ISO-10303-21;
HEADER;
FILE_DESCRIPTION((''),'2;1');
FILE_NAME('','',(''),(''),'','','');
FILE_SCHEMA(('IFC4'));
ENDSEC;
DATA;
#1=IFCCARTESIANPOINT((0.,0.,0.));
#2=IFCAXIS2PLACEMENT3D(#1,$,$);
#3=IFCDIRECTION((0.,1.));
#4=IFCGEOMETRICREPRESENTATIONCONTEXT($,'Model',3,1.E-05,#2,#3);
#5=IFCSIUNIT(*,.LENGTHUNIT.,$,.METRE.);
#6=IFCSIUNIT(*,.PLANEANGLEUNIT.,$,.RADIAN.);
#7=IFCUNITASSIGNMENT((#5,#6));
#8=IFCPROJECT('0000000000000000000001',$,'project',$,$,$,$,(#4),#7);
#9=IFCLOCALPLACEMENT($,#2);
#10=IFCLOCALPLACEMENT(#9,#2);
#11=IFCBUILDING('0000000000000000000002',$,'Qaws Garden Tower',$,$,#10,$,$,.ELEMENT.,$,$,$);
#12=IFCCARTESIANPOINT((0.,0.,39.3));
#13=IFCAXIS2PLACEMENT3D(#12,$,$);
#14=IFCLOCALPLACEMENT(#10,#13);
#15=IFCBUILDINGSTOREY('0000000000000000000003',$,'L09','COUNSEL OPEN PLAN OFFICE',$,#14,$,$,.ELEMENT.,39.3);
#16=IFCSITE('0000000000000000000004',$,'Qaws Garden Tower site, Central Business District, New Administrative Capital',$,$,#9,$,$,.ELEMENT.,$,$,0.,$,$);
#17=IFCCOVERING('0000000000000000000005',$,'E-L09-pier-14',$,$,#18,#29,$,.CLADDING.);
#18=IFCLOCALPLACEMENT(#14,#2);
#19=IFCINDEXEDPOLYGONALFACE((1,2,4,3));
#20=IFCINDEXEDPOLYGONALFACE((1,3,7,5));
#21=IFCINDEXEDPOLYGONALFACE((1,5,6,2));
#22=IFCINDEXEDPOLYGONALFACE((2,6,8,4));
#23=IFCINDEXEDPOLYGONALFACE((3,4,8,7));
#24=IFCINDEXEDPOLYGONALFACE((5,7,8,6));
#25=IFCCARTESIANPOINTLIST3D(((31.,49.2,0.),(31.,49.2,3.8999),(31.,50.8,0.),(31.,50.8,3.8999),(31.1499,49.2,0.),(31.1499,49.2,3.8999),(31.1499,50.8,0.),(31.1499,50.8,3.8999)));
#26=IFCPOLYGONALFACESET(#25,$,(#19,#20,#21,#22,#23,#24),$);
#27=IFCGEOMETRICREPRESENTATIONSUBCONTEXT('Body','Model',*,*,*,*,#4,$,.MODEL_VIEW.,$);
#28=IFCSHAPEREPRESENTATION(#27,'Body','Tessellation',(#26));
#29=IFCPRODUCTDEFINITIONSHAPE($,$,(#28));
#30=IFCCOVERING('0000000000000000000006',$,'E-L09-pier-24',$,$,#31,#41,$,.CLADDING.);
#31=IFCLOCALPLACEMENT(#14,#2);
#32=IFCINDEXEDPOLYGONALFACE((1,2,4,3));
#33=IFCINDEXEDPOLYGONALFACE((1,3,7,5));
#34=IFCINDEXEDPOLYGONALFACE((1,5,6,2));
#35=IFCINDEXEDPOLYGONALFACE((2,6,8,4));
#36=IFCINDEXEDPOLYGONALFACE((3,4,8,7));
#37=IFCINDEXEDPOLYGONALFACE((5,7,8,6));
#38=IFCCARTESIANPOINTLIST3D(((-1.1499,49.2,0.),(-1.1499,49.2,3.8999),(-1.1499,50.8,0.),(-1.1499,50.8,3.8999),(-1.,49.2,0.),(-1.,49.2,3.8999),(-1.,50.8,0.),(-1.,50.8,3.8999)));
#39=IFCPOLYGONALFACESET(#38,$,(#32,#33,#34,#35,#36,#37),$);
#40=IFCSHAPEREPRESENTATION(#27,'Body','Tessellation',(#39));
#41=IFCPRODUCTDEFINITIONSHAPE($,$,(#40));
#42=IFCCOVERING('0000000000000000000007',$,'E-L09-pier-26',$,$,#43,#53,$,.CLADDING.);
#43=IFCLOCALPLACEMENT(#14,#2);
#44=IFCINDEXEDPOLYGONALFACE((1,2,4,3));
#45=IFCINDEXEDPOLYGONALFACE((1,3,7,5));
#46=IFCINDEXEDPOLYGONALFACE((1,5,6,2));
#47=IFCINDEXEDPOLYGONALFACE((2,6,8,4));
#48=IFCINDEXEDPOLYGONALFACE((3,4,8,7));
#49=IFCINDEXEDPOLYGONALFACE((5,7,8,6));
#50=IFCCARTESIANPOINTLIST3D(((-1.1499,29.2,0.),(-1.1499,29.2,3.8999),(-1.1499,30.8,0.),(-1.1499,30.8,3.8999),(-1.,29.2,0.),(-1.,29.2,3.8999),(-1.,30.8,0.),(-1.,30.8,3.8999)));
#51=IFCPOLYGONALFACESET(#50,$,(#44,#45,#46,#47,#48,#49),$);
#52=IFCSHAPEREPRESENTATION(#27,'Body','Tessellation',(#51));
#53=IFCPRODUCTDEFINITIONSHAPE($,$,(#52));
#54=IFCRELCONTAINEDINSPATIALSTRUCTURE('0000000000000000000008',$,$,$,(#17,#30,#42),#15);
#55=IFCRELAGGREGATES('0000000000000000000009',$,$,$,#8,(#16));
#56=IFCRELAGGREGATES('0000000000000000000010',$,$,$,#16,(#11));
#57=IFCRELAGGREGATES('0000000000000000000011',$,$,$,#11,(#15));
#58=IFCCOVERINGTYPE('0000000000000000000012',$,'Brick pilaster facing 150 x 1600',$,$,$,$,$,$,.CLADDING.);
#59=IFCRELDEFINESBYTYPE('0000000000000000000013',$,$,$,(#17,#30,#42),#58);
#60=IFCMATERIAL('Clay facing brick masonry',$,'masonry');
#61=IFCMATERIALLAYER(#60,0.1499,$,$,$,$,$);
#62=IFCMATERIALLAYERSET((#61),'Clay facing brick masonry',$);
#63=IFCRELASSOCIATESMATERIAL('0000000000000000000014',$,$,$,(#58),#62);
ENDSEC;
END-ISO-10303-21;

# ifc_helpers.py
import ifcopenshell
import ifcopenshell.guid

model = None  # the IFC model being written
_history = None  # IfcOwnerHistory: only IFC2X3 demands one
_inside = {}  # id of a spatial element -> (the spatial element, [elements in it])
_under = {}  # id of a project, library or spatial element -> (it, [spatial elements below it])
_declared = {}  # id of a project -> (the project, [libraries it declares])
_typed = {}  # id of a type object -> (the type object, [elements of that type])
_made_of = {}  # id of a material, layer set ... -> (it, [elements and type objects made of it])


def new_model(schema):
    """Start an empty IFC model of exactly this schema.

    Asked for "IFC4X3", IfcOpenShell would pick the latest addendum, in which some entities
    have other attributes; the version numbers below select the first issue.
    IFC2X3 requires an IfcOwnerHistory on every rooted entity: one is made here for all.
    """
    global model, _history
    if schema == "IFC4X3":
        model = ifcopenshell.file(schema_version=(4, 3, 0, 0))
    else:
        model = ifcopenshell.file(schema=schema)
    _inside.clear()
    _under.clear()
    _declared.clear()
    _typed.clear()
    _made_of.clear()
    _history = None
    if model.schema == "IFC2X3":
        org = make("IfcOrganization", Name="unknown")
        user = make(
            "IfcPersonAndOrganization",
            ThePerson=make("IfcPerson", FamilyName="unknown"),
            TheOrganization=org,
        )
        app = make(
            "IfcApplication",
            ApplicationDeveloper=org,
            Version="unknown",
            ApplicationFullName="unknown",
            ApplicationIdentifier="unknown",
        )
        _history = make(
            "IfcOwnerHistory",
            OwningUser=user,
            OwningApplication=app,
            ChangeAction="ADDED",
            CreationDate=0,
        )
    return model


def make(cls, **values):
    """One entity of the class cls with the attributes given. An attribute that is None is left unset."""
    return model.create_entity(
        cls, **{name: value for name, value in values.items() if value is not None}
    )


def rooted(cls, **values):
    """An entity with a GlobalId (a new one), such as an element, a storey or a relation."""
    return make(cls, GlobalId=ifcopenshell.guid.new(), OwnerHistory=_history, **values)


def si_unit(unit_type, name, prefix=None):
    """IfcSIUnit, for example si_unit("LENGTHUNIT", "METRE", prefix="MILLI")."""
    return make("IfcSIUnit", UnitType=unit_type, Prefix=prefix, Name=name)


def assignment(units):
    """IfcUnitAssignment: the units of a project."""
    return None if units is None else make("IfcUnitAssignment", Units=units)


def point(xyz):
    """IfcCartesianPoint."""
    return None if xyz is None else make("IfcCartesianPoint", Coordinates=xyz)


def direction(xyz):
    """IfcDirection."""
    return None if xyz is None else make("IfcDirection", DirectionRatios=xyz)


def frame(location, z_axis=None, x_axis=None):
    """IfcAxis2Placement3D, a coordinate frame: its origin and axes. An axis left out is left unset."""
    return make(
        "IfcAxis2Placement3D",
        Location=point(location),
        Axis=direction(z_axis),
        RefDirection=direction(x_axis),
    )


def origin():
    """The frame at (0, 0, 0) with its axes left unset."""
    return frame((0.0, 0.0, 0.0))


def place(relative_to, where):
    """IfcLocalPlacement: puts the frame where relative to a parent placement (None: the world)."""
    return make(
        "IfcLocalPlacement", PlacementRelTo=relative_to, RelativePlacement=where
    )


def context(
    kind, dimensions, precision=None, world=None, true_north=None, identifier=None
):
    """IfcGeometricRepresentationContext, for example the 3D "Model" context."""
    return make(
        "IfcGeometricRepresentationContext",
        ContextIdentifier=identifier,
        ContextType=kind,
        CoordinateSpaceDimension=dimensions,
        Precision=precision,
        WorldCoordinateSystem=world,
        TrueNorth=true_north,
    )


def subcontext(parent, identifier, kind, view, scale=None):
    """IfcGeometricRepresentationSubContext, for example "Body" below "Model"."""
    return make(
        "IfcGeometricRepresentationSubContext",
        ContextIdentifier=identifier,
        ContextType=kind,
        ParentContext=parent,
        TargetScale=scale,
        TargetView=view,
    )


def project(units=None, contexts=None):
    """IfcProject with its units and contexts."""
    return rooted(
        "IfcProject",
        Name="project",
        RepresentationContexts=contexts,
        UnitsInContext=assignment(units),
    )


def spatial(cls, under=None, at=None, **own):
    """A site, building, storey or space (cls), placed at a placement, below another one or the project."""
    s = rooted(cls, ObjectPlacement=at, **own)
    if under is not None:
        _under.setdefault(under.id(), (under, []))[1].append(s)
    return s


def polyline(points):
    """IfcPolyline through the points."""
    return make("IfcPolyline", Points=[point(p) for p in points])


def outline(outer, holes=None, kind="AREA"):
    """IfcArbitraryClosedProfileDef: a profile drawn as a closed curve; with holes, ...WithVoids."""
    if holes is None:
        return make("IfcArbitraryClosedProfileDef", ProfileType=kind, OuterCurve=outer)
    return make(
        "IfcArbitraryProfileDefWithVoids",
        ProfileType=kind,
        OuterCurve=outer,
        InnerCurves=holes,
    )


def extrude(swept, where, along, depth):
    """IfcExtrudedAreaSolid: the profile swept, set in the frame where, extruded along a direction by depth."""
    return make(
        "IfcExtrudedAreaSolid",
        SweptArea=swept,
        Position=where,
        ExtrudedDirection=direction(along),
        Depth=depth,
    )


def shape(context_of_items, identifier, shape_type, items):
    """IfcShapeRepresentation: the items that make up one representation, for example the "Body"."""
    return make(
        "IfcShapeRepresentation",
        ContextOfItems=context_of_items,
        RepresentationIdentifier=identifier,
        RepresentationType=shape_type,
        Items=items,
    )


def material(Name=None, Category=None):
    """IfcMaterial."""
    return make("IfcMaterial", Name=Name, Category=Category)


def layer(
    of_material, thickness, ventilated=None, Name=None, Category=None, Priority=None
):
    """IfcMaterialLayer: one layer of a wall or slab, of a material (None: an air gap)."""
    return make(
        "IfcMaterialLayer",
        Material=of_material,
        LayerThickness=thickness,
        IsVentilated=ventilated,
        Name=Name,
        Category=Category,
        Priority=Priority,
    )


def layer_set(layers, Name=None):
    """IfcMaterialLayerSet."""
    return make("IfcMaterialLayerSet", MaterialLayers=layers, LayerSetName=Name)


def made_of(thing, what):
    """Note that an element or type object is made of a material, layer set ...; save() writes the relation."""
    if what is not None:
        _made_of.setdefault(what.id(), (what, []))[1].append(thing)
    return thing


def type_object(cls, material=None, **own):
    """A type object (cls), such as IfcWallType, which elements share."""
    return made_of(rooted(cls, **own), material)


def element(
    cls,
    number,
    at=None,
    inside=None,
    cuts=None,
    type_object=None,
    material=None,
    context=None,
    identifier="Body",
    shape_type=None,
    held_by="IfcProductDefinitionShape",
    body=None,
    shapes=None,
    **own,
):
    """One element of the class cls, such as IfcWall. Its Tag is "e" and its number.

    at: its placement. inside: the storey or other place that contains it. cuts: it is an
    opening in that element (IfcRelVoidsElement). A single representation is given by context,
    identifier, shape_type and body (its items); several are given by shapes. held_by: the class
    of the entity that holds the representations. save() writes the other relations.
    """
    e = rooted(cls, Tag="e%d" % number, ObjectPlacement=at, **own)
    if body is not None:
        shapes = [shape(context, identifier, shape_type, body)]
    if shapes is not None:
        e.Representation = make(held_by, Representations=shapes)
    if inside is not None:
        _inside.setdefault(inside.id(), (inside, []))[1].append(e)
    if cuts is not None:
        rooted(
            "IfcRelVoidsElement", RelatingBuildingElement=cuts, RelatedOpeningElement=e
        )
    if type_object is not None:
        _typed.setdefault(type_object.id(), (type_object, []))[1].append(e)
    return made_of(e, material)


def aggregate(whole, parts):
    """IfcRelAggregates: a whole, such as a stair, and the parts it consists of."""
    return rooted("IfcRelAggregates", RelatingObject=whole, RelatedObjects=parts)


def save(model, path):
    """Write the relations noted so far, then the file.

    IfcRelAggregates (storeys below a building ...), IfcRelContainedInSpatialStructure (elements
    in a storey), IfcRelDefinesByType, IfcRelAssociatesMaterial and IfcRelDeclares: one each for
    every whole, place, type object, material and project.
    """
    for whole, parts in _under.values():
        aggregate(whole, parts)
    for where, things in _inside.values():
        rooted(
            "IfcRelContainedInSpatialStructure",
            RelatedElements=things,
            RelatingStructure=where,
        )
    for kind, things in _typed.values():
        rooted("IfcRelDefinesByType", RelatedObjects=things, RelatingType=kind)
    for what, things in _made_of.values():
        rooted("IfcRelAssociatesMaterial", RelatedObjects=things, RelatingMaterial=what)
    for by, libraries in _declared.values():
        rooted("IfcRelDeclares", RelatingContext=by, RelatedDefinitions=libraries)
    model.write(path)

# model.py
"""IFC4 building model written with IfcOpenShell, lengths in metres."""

from ifc_helpers import new_model, si_unit, direction, frame, origin, place, context, subcontext, project, spatial, polyline, outline, extrude, material, layer, layer_set, type_object, element, save


model = new_model("IFC4")

# Units and contexts
model_context = context("Model", 3, precision=1e-05, world=origin(), true_north=direction((0.0, 1.0)))
body_context = subcontext(model_context, "Body", "Model", "MODEL_VIEW")
ifc_project = project(units=[si_unit("LENGTHUNIT", "METRE"), si_unit("PLANEANGLEUNIT", "RADIAN")], contexts=[model_context])

# Site, building, storey
site_placement = place(None, origin())
site = spatial("IfcSite", under=ifc_project, at=site_placement, Name="Qaws Garden Tower site, Central Business District, New Administrative Capital", CompositionType="ELEMENT", RefElevation=0.0)
building_placement = place(site_placement, origin())
building = spatial("IfcBuilding", under=site, at=building_placement, Name="Qaws Garden Tower", CompositionType="ELEMENT")
storey_placement = place(building_placement, frame((0.0, 0.0, 39.3)))
storey = spatial("IfcBuildingStorey", under=building, at=storey_placement, Name="L09", Description="COUNSEL OPEN PLAN OFFICE", CompositionType="ELEMENT", Elevation=39.3)

# Shared definitions
placement = place(storey_placement, origin())

# Coverings
ifc_material_1 = material(Name="Clay facing brick masonry", Category="masonry")
ifc_layer_1 = layer(ifc_material_1, 0.1499)
ifc_layer_set_1 = layer_set([ifc_layer_1], Name="Clay facing brick masonry")
covering_type = type_object("IfcCoveringType", Name="Brick pilaster facing 150 x 1600", PredefinedType="CLADDING", material=ifc_layer_set_1)
element("IfcCovering", 1, at=placement, inside=storey, type_object=covering_type, Name="E-L09-pier-14", PredefinedType="CLADDING", context=body_context, shape_type="SweptSolid", body=[
    extrude(outline(polyline([(31.0, 49.2), (31.0, 50.8), (31.1499, 50.8), (31.1499, 49.2), (31.0, 49.2)])), origin(), (0.0, 0.0, 1.0), 3.8999),
])
element("IfcCovering", 2, at=placement, inside=storey, type_object=covering_type, Name="E-L09-pier-24", PredefinedType="CLADDING", context=body_context, shape_type="SweptSolid", body=[
    extrude(outline(polyline([(-1.0, 50.8), (-1.0, 49.2), (-1.1499, 49.2), (-1.1499, 50.8), (-1.0, 50.8)])), origin(), (0.0, 0.0, 1.0), 3.8999),
])
element("IfcCovering", 3, at=placement, inside=storey, type_object=covering_type, Name="E-L09-pier-26", PredefinedType="CLADDING", context=body_context, shape_type="SweptSolid", body=[
    extrude(outline(polyline([(-1.0, 30.8), (-1.0, 29.2), (-1.1499, 29.2), (-1.1499, 30.8), (-1.0, 30.8)])), origin(), (0.0, 0.0, 1.0), 3.8999),
])

save(model, "model.ifc")
